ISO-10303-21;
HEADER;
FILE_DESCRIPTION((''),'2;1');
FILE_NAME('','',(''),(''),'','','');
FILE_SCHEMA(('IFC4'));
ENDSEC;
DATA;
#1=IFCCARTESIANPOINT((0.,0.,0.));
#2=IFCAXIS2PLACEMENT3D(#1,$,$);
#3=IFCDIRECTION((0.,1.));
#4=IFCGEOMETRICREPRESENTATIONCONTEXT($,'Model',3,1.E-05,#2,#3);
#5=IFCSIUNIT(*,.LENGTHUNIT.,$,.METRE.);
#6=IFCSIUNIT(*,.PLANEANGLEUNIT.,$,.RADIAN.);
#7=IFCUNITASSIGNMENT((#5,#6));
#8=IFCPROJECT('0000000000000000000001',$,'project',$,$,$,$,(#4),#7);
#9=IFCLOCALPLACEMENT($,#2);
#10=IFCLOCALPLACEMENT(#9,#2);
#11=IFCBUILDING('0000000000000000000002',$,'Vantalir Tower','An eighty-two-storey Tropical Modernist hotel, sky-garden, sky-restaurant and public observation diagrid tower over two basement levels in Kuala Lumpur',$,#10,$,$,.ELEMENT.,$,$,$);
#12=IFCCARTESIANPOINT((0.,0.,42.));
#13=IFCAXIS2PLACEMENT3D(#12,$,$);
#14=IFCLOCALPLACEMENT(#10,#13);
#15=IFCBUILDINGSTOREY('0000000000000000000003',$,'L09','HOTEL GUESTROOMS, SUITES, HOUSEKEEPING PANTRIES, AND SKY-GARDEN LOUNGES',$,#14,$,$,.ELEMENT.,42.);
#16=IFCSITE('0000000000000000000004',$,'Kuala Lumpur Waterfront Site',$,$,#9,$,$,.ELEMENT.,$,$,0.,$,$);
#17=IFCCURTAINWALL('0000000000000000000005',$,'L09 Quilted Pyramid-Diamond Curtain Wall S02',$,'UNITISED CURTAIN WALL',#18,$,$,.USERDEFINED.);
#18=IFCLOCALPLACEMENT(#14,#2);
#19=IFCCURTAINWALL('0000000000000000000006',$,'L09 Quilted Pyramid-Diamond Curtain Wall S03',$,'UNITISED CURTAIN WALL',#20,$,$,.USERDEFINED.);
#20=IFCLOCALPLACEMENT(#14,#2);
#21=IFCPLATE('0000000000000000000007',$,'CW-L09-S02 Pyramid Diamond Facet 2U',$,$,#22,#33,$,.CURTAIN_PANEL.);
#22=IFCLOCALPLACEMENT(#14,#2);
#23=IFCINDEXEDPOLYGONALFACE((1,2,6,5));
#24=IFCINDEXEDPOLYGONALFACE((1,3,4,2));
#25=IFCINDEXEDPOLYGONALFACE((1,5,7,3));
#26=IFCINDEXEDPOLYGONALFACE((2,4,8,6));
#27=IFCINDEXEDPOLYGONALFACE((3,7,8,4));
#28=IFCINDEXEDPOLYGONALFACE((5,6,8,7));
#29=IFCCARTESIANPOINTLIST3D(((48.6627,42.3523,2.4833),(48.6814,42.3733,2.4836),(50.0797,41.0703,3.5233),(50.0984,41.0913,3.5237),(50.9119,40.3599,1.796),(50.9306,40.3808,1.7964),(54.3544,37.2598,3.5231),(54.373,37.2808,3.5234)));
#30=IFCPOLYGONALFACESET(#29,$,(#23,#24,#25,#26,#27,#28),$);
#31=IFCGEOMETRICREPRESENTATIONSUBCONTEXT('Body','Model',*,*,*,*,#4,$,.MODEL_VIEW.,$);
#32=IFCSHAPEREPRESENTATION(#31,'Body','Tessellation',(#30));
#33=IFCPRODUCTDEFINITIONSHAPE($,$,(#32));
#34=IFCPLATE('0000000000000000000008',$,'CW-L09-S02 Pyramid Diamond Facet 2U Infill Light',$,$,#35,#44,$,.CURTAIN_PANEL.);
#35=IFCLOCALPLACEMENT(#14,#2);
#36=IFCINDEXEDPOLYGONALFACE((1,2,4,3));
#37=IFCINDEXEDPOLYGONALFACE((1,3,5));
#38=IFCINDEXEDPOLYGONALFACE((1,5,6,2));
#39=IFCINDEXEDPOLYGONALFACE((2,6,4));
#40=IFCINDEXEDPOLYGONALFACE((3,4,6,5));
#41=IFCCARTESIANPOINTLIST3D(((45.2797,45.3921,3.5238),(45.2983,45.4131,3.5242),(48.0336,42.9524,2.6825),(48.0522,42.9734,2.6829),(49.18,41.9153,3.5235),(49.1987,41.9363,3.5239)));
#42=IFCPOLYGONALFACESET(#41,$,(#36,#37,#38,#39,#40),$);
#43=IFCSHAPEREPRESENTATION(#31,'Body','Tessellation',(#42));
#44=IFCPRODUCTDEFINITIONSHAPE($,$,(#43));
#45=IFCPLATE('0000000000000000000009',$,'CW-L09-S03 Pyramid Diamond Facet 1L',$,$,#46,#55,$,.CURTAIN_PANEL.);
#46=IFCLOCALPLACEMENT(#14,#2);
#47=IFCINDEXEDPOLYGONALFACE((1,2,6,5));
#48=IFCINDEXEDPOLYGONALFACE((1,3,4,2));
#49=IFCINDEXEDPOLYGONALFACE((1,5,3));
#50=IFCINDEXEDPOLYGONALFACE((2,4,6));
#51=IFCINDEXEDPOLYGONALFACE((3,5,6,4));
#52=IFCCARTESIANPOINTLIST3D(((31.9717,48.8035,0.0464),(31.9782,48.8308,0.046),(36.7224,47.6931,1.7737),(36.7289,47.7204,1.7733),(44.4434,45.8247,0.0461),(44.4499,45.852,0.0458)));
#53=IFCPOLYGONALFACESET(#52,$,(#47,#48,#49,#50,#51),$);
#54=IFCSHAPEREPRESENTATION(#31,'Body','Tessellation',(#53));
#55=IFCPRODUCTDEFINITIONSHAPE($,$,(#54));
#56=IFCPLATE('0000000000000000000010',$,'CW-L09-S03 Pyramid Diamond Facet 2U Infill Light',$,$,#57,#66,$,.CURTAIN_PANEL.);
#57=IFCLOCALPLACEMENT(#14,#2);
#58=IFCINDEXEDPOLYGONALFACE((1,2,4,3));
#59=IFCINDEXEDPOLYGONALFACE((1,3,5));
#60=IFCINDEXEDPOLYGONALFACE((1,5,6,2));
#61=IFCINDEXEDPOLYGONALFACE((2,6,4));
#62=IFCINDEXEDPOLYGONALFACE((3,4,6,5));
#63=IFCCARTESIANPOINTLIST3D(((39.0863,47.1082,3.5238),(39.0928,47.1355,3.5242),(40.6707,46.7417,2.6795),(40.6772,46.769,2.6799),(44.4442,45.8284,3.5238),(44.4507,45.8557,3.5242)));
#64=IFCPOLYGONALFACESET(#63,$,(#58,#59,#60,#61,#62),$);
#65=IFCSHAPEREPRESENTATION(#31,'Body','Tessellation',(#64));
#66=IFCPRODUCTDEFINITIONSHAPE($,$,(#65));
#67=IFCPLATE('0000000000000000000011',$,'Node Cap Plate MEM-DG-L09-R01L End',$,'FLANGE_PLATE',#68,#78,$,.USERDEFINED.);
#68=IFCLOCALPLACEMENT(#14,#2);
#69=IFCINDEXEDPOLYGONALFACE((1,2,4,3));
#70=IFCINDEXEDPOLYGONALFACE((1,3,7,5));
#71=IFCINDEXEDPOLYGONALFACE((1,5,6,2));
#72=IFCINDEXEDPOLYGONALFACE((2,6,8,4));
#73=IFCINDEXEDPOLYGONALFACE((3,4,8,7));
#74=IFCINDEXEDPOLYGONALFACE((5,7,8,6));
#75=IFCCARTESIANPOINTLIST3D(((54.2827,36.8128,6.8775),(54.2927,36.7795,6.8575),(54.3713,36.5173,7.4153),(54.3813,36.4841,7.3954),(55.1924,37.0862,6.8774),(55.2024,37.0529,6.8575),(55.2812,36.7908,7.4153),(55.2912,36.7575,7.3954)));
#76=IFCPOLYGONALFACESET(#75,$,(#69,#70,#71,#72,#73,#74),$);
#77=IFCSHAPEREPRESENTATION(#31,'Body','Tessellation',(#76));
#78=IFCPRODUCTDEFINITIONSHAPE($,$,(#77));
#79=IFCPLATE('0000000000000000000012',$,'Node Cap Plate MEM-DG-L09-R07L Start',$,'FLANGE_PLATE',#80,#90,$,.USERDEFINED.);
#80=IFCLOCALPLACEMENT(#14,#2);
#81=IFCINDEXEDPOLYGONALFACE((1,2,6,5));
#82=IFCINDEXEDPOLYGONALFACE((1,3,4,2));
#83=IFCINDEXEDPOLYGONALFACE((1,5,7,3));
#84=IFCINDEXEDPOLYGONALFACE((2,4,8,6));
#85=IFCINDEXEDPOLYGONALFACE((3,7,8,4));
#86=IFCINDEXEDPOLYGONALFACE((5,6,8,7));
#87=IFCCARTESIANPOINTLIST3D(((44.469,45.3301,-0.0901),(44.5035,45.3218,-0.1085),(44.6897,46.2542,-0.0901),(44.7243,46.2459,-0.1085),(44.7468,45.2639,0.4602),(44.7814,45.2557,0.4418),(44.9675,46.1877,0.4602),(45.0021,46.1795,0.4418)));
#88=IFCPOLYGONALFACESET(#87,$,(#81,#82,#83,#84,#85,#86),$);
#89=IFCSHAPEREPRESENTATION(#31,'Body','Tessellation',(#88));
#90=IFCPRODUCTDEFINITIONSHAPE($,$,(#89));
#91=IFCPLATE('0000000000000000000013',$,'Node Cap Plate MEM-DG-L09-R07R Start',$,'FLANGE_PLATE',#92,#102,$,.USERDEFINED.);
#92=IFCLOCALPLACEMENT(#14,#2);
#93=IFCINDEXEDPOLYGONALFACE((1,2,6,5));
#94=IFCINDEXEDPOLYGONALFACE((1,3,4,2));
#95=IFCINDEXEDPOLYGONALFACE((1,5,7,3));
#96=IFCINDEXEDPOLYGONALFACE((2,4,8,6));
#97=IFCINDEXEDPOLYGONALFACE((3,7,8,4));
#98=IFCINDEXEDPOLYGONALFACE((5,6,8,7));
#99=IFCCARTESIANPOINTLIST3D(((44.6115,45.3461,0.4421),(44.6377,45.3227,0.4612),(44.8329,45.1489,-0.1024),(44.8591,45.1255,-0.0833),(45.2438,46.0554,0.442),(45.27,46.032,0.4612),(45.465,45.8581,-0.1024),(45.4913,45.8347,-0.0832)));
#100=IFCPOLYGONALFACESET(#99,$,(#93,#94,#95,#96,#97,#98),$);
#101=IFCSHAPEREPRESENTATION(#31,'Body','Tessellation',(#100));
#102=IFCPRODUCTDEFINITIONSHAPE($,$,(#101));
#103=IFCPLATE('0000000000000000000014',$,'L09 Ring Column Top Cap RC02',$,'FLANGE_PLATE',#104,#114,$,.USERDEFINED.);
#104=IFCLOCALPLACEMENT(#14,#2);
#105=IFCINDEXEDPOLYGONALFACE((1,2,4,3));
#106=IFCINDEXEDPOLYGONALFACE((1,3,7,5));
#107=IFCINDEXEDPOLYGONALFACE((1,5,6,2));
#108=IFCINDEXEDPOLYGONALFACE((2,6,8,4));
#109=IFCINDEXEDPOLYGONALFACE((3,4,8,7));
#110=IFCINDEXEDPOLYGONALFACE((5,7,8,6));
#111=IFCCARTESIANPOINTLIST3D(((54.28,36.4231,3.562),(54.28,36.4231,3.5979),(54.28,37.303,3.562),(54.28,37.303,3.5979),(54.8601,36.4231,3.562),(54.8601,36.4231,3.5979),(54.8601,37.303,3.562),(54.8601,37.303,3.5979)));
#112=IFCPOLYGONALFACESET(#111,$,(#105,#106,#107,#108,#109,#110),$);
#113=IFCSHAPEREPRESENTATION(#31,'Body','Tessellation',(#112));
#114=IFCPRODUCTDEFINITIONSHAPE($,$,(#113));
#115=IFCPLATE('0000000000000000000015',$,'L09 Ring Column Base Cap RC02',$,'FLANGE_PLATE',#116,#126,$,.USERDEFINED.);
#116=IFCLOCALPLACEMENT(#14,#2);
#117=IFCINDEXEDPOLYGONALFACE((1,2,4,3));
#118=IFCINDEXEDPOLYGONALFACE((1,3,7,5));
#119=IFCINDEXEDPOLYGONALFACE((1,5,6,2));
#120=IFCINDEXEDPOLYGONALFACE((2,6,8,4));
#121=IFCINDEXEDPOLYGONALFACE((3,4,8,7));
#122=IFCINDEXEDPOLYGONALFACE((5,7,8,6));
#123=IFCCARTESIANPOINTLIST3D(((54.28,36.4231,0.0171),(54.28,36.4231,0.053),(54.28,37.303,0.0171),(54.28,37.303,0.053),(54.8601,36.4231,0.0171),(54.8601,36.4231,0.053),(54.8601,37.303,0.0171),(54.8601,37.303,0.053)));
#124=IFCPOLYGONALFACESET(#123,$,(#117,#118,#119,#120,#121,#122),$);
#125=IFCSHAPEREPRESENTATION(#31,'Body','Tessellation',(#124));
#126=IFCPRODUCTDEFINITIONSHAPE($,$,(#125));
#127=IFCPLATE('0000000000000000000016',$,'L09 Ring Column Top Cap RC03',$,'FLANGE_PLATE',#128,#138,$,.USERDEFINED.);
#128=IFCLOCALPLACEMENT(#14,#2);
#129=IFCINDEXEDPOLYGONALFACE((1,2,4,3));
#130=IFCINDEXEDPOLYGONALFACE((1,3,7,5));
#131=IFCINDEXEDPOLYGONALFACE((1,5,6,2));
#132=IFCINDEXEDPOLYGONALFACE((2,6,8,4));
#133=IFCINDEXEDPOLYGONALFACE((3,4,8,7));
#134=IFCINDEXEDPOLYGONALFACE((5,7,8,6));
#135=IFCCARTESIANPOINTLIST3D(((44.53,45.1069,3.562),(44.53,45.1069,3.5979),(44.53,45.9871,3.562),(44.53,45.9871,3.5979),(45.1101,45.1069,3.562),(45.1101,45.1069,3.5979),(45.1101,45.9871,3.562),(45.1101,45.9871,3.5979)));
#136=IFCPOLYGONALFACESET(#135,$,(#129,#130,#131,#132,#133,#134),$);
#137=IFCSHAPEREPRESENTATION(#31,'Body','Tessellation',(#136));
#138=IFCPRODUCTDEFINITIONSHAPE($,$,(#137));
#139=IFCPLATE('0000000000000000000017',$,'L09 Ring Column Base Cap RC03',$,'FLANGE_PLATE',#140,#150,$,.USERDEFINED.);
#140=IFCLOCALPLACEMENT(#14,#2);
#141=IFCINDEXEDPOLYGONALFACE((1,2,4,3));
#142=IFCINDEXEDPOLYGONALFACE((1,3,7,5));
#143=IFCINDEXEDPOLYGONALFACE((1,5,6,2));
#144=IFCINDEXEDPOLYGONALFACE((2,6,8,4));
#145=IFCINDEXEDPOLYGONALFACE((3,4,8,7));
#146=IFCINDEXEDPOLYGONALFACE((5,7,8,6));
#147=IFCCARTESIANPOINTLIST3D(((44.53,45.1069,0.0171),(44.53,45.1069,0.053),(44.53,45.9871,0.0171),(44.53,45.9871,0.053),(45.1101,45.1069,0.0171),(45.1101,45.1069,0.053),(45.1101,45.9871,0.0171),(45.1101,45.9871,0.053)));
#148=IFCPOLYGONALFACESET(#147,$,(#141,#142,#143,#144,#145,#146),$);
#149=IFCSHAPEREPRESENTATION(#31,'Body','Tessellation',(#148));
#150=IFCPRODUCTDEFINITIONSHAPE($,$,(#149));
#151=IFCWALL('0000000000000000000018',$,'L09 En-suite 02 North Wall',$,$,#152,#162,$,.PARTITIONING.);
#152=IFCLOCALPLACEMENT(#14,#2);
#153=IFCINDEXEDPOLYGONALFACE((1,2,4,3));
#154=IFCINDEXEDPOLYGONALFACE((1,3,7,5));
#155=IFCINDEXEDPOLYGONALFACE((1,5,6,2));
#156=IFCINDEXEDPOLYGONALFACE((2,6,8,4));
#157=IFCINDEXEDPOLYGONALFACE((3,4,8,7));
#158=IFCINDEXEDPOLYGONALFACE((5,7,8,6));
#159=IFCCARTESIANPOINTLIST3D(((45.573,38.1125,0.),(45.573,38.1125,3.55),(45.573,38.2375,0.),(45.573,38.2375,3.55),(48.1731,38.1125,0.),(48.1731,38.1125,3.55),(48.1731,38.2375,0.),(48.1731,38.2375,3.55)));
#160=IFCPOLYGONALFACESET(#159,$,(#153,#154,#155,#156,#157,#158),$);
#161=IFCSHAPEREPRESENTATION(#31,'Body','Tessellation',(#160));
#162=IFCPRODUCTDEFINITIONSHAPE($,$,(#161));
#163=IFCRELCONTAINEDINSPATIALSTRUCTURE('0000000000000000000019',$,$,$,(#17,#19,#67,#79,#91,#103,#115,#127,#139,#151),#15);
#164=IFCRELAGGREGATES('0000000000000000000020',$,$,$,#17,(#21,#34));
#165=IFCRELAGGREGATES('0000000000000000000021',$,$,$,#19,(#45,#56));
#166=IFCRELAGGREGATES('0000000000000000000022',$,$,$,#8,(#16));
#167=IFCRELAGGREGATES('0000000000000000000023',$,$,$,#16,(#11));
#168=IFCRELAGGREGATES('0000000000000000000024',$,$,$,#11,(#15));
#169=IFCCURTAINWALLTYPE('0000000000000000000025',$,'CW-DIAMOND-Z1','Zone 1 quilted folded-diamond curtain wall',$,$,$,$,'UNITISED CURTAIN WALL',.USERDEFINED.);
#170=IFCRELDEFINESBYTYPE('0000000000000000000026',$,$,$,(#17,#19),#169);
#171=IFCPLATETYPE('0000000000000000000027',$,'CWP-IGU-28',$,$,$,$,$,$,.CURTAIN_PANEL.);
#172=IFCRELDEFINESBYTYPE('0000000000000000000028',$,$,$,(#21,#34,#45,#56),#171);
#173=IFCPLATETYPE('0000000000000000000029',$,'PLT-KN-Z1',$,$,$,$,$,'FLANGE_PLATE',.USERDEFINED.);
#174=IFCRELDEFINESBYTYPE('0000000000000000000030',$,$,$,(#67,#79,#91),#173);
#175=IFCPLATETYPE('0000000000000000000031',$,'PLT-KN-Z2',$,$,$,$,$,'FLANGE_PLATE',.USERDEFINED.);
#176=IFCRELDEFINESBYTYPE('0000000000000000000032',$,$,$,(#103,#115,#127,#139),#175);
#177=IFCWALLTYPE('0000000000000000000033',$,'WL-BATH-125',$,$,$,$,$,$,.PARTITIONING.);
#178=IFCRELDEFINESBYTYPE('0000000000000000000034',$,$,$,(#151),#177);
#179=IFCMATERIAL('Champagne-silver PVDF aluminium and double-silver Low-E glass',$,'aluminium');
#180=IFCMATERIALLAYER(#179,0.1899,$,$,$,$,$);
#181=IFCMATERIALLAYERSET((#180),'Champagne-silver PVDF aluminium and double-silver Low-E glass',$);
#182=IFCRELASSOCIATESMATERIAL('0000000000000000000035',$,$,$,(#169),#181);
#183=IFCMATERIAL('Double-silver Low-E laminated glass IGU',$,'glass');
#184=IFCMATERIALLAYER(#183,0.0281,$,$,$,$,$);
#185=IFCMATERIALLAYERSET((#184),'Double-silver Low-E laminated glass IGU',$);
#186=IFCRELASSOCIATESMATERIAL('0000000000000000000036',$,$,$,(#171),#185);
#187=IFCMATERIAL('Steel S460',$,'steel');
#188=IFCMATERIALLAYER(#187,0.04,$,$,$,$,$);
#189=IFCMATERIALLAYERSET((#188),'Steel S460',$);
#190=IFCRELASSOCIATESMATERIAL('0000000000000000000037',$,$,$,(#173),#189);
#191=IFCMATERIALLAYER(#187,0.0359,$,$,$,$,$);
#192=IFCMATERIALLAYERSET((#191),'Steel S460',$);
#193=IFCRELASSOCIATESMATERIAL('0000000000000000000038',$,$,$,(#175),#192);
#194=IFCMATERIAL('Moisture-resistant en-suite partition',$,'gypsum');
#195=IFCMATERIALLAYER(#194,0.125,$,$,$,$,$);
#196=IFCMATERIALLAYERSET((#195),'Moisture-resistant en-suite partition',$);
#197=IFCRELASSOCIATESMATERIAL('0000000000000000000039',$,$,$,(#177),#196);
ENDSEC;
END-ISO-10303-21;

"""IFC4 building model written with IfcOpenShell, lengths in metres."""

from ifc_helpers import new_model, si_unit, direction, frame, frame_2d, origin, place, context, subcontext, project, spatial, polyline, rectangle, outline, extrude, material, layer, layer_set, type_object, element, aggregate, save


model = new_model("IFC4")

# Units and contexts
model_context = context("Model", 3, precision=1e-05, world=origin(), true_north=direction((0.0, 1.0)))
body_context = subcontext(model_context, "Body", "Model", "MODEL_VIEW")
ifc_project = project(units=[si_unit("LENGTHUNIT", "METRE"), si_unit("PLANEANGLEUNIT", "RADIAN")], contexts=[model_context])

# Site, building, storey
site_placement = place(None, origin())
site = spatial("IfcSite", under=ifc_project, at=site_placement, Name="Kuala Lumpur Waterfront Site", CompositionType="ELEMENT", RefElevation=0.0)
building_placement = place(site_placement, origin())
building = spatial("IfcBuilding", under=site, at=building_placement, Name="Vantalir Tower", Description="An eighty-two-storey Tropical Modernist hotel, sky-garden, sky-restaurant and public observation diagrid tower over two basement levels in Kuala Lumpur", CompositionType="ELEMENT")
storey_placement = place(building_placement, frame((0.0, 0.0, 42.0)))
storey = spatial("IfcBuildingStorey", under=building, at=storey_placement, Name="L09", Description="HOTEL GUESTROOMS, SUITES, HOUSEKEEPING PANTRIES, AND SKY-GARDEN LOUNGES", CompositionType="ELEMENT", Elevation=42.0)

# Shared definitions
ifc_material_1 = material(Name="Steel S460", Category="steel")

# Curtain wall
ifc_material_2 = material(Name="Champagne-silver PVDF aluminium and double-silver Low-E glass", Category="aluminium")
ifc_layer_1 = layer(ifc_material_2, 0.1899)
ifc_layer_set_1 = layer_set([ifc_layer_1], Name="Champagne-silver PVDF aluminium and double-silver Low-E glass")
curtain_wall_type = type_object("IfcCurtainWallType", Name="CW-DIAMOND-Z1", Description="Zone 1 quilted folded-diamond curtain wall", ElementType="UNITISED CURTAIN WALL", PredefinedType="USERDEFINED", material=ifc_layer_set_1)
curtain_wall_1_placement = place(storey_placement, origin())
curtain_wall_1 = element("IfcCurtainWall", 1, at=curtain_wall_1_placement, inside=storey, type_object=curtain_wall_type, Name="L09 Quilted Pyramid-Diamond Curtain Wall S02", ObjectType="UNITISED CURTAIN WALL", PredefinedType="USERDEFINED")

# Curtain wall
curtain_wall_2_placement = place(storey_placement, origin())
curtain_wall_2 = element("IfcCurtainWall", 2, at=curtain_wall_2_placement, inside=storey, type_object=curtain_wall_type, Name="L09 Quilted Pyramid-Diamond Curtain Wall S03", ObjectType="UNITISED CURTAIN WALL", PredefinedType="USERDEFINED")

# Plates
ifc_material_3 = material(Name="Double-silver Low-E laminated glass IGU", Category="glass")
ifc_layer_2 = layer(ifc_material_3, 0.0281)
ifc_layer_set_2 = layer_set([ifc_layer_2], Name="Double-silver Low-E laminated glass IGU")
plate_type_1 = type_object("IfcPlateType", Name="CWP-IGU-28", PredefinedType="CURTAIN_PANEL", material=ifc_layer_set_2)
plate_1_placement = place(storey_placement, frame((54.373, 37.2808, 3.5234), z_axis=(0.665353, 0.746405, 0.01359), x_axis=(-0.746474, 0.665414, 0.000042)))
plate_1 = element("IfcPlate", 3, at=plate_1_placement, type_object=plate_type_1, Name="CW-L09-S02 Pyramid Diamond Facet 2U", PredefinedType="CURTAIN_PANEL", context=body_context, shape_type="SweptSolid", body=[
    extrude(outline(polyline([(0.0, 0.0), (5.7265, 0.0), (7.6373, -1.0402), (4.6324, -1.7274), (0.0, 0.0)])), origin(), (0.0, 0.0, -1.0), 0.0281),
])
plate_2_placement = place(storey_placement, frame((49.1987, 41.9363, 3.5239), z_axis=(0.665351, 0.74641, 0.013429), x_axis=(-0.746478, 0.66541, 0.000047)))
plate_2 = element("IfcPlate", 4, at=plate_2_placement, type_object=plate_type_1, Name="CW-L09-S02 Pyramid Diamond Facet 2U Infill Light", PredefinedType="CURTAIN_PANEL", context=body_context, shape_type="SweptSolid", body=[
    extrude(outline(polyline([(0.0, 0.0), (5.2251, 0.0), (1.5459, -0.8412), (0.0, 0.0)])), origin(), (0.0, 0.0, -1.0), 0.0281),
])
aggregate(curtain_wall_1, [plate_1, plate_2])
plate_3_placement = place(storey_placement, frame((44.4434, 45.8247, 0.0461), z_axis=(-0.232286, -0.972551, 0.013694), x_axis=(-0.972642, 0.232308, 0.000019)))
plate_3 = element("IfcPlate", 5, at=plate_3_placement, type_object=plate_type_1, Name="CW-L09-S03 Pyramid Diamond Facet 1L", PredefinedType="CURTAIN_PANEL", context=body_context, shape_type="SweptSolid", body=[
    extrude(outline(polyline([(0.0, 0.0), (12.8225, 0.0), (7.9438, -1.7275), (0.0, 0.0)])), origin(), (0.0, 0.0, -1.0), 0.0281),
])
plate_4_placement = place(storey_placement, frame((44.4507, 45.8557, 3.5242), z_axis=(0.232301, 0.972545, 0.013836), x_axis=(-0.972639, 0.232323, 0.0)))
plate_4 = element("IfcPlate", 6, at=plate_4_placement, type_object=plate_type_1, Name="CW-L09-S03 Pyramid Diamond Facet 2U Infill Light", PredefinedType="CURTAIN_PANEL", context=body_context, shape_type="SweptSolid", body=[
    extrude(outline(polyline([(0.0, 0.0), (5.5086, 0.0), (3.8824, -0.8443), (0.0, 0.0)])), origin(), (0.0, 0.0, -1.0), 0.0281),
])
aggregate(curtain_wall_2, [plate_3, plate_4])

# Plates
ifc_layer_3 = layer(ifc_material_1, 0.04)
ifc_layer_set_3 = layer_set([ifc_layer_3], Name="Steel S460")
plate_type_2 = type_object("IfcPlateType", Name="PLT-KN-Z1", ElementType="FLANGE_PLATE", PredefinedType="USERDEFINED", material=ifc_layer_set_3)
plate_5_placement = place(storey_placement, frame((55.1924, 37.0862, 6.8774), z_axis=(-0.249684, 0.830758, 0.497493), x_axis=(-0.957679, -0.28784, 0.000016)))
element("IfcPlate", 7, at=plate_5_placement, inside=storey, type_object=plate_type_2, Name="Node Cap Plate MEM-DG-L09-R01L End", ObjectType="FLANGE_PLATE", PredefinedType="USERDEFINED", context=body_context, shape_type="SweptSolid", body=[
    extrude(outline(polyline([(0.0, 0.0), (0.9499, 0.0), (0.95, 0.62), (-0.0001, 0.62), (0.0, 0.0)])), origin(), (0.0, 0.0, -1.0), 0.04),
])
plate_6_placement = place(storey_placement, frame((44.6897, 46.2542, -0.0901), z_axis=(-0.863275, 0.20621, 0.460689), x_axis=(-0.232327, -0.972638, 0.000012)))
element("IfcPlate", 8, at=plate_6_placement, inside=storey, type_object=plate_type_2, Name="Node Cap Plate MEM-DG-L09-R07L Start", ObjectType="FLANGE_PLATE", PredefinedType="USERDEFINED", context=body_context, shape_type="SweptSolid", body=[
    extrude(outline(polyline([(0.0, 0.0), (0.9501, 0.0), (0.9499, 0.62), (0.0, 0.62), (0.0, 0.0)])), origin(), (0.0, 0.0, -1.0), 0.04),
])
plate_7_placement = place(storey_placement, frame((44.8591, 45.1255, -0.0833), z_axis=(0.655582, -0.584382, 0.478236), x_axis=(0.665392, 0.746495, 0.00004)))
element("IfcPlate", 9, at=plate_7_placement, inside=storey, type_object=plate_type_2, Name="Node Cap Plate MEM-DG-L09-R07R Start", ObjectType="FLANGE_PLATE", PredefinedType="USERDEFINED", context=body_context, shape_type="SweptSolid", body=[
    extrude(outline(polyline([(0.0, 0.0), (0.95, 0.0), (0.9501, 0.6199), (-0.0001, 0.62), (0.0, 0.0)])), origin(), (0.0, 0.0, -1.0), 0.04),
])
ifc_layer_4 = layer(ifc_material_1, 0.0359)
ifc_layer_set_4 = layer_set([ifc_layer_4], Name="Steel S460")
plate_type_3 = type_object("IfcPlateType", Name="PLT-KN-Z2", ElementType="FLANGE_PLATE", PredefinedType="USERDEFINED", material=ifc_layer_set_4)
for number, where, z_axis, x_axis, name in (
    (10, (54.28, 37.303, 3.5979), (0.0, 0.0, 1.0), (0.0, -1.0, 0.0), "L09 Ring Column Top Cap RC02"),
    (11, (54.28, 37.303, 0.053), (0.0, 0.0, 1.0), (0.0, -1.0, 0.0), "L09 Ring Column Base Cap RC02"),
):
    element("IfcPlate", number, at=place(storey_placement, frame(where, z_axis=z_axis, x_axis=x_axis)), inside=storey, type_object=plate_type_3, Name=name, ObjectType="FLANGE_PLATE", PredefinedType="USERDEFINED", context=body_context, shape_type="SweptSolid", body=[
        extrude(outline(polyline([(0.0, 0.0), (0.8799, 0.0), (0.8799, 0.5801), (0.0, 0.5801), (0.0, 0.0)])), origin(), (0.0, 0.0, -1.0), 0.0359),
    ])
for number, where, z_axis, x_axis, name in (
    (12, (44.53, 45.9871, 3.5979), (0.0, 0.0, 1.0), (0.0, -1.0, 0.0), "L09 Ring Column Top Cap RC03"),
    (13, (44.53, 45.9871, 0.053), (0.0, 0.0, 1.0), (0.0, -1.0, 0.0), "L09 Ring Column Base Cap RC03"),
):
    element("IfcPlate", number, at=place(storey_placement, frame(where, z_axis=z_axis, x_axis=x_axis)), inside=storey, type_object=plate_type_3, Name=name, ObjectType="FLANGE_PLATE", PredefinedType="USERDEFINED", context=body_context, shape_type="SweptSolid", body=[
        extrude(outline(polyline([(0.0, 0.0), (0.8801, 0.0), (0.8801, 0.5801), (0.0, 0.5801), (0.0, 0.0)])), origin(), (0.0, 0.0, -1.0), 0.0359),
    ])

# Wall
ifc_material_4 = material(Name="Moisture-resistant en-suite partition", Category="gypsum")
ifc_layer_5 = layer(ifc_material_4, 0.125)
ifc_layer_set_5 = layer_set([ifc_layer_5], Name="Moisture-resistant en-suite partition")
wall_type = type_object("IfcWallType", Name="WL-BATH-125", PredefinedType="PARTITIONING", material=ifc_layer_set_5)
wall_placement = place(storey_placement, frame((45.573, 38.175, 0.0), z_axis=(0.0, 0.0, 1.0), x_axis=(1.0, 0.0, 0.0)))
element("IfcWall", 14, at=wall_placement, inside=storey, type_object=wall_type, Name="L09 En-suite 02 North Wall", PredefinedType="PARTITIONING", context=body_context, shape_type="SweptSolid", body=[
    extrude(rectangle(XDim=2.6001, YDim=0.125, at=frame_2d((1.3, 0.0))), origin(), (0.0, 0.0, 1.0), 3.55),
])

save(model, "model.ifc")
